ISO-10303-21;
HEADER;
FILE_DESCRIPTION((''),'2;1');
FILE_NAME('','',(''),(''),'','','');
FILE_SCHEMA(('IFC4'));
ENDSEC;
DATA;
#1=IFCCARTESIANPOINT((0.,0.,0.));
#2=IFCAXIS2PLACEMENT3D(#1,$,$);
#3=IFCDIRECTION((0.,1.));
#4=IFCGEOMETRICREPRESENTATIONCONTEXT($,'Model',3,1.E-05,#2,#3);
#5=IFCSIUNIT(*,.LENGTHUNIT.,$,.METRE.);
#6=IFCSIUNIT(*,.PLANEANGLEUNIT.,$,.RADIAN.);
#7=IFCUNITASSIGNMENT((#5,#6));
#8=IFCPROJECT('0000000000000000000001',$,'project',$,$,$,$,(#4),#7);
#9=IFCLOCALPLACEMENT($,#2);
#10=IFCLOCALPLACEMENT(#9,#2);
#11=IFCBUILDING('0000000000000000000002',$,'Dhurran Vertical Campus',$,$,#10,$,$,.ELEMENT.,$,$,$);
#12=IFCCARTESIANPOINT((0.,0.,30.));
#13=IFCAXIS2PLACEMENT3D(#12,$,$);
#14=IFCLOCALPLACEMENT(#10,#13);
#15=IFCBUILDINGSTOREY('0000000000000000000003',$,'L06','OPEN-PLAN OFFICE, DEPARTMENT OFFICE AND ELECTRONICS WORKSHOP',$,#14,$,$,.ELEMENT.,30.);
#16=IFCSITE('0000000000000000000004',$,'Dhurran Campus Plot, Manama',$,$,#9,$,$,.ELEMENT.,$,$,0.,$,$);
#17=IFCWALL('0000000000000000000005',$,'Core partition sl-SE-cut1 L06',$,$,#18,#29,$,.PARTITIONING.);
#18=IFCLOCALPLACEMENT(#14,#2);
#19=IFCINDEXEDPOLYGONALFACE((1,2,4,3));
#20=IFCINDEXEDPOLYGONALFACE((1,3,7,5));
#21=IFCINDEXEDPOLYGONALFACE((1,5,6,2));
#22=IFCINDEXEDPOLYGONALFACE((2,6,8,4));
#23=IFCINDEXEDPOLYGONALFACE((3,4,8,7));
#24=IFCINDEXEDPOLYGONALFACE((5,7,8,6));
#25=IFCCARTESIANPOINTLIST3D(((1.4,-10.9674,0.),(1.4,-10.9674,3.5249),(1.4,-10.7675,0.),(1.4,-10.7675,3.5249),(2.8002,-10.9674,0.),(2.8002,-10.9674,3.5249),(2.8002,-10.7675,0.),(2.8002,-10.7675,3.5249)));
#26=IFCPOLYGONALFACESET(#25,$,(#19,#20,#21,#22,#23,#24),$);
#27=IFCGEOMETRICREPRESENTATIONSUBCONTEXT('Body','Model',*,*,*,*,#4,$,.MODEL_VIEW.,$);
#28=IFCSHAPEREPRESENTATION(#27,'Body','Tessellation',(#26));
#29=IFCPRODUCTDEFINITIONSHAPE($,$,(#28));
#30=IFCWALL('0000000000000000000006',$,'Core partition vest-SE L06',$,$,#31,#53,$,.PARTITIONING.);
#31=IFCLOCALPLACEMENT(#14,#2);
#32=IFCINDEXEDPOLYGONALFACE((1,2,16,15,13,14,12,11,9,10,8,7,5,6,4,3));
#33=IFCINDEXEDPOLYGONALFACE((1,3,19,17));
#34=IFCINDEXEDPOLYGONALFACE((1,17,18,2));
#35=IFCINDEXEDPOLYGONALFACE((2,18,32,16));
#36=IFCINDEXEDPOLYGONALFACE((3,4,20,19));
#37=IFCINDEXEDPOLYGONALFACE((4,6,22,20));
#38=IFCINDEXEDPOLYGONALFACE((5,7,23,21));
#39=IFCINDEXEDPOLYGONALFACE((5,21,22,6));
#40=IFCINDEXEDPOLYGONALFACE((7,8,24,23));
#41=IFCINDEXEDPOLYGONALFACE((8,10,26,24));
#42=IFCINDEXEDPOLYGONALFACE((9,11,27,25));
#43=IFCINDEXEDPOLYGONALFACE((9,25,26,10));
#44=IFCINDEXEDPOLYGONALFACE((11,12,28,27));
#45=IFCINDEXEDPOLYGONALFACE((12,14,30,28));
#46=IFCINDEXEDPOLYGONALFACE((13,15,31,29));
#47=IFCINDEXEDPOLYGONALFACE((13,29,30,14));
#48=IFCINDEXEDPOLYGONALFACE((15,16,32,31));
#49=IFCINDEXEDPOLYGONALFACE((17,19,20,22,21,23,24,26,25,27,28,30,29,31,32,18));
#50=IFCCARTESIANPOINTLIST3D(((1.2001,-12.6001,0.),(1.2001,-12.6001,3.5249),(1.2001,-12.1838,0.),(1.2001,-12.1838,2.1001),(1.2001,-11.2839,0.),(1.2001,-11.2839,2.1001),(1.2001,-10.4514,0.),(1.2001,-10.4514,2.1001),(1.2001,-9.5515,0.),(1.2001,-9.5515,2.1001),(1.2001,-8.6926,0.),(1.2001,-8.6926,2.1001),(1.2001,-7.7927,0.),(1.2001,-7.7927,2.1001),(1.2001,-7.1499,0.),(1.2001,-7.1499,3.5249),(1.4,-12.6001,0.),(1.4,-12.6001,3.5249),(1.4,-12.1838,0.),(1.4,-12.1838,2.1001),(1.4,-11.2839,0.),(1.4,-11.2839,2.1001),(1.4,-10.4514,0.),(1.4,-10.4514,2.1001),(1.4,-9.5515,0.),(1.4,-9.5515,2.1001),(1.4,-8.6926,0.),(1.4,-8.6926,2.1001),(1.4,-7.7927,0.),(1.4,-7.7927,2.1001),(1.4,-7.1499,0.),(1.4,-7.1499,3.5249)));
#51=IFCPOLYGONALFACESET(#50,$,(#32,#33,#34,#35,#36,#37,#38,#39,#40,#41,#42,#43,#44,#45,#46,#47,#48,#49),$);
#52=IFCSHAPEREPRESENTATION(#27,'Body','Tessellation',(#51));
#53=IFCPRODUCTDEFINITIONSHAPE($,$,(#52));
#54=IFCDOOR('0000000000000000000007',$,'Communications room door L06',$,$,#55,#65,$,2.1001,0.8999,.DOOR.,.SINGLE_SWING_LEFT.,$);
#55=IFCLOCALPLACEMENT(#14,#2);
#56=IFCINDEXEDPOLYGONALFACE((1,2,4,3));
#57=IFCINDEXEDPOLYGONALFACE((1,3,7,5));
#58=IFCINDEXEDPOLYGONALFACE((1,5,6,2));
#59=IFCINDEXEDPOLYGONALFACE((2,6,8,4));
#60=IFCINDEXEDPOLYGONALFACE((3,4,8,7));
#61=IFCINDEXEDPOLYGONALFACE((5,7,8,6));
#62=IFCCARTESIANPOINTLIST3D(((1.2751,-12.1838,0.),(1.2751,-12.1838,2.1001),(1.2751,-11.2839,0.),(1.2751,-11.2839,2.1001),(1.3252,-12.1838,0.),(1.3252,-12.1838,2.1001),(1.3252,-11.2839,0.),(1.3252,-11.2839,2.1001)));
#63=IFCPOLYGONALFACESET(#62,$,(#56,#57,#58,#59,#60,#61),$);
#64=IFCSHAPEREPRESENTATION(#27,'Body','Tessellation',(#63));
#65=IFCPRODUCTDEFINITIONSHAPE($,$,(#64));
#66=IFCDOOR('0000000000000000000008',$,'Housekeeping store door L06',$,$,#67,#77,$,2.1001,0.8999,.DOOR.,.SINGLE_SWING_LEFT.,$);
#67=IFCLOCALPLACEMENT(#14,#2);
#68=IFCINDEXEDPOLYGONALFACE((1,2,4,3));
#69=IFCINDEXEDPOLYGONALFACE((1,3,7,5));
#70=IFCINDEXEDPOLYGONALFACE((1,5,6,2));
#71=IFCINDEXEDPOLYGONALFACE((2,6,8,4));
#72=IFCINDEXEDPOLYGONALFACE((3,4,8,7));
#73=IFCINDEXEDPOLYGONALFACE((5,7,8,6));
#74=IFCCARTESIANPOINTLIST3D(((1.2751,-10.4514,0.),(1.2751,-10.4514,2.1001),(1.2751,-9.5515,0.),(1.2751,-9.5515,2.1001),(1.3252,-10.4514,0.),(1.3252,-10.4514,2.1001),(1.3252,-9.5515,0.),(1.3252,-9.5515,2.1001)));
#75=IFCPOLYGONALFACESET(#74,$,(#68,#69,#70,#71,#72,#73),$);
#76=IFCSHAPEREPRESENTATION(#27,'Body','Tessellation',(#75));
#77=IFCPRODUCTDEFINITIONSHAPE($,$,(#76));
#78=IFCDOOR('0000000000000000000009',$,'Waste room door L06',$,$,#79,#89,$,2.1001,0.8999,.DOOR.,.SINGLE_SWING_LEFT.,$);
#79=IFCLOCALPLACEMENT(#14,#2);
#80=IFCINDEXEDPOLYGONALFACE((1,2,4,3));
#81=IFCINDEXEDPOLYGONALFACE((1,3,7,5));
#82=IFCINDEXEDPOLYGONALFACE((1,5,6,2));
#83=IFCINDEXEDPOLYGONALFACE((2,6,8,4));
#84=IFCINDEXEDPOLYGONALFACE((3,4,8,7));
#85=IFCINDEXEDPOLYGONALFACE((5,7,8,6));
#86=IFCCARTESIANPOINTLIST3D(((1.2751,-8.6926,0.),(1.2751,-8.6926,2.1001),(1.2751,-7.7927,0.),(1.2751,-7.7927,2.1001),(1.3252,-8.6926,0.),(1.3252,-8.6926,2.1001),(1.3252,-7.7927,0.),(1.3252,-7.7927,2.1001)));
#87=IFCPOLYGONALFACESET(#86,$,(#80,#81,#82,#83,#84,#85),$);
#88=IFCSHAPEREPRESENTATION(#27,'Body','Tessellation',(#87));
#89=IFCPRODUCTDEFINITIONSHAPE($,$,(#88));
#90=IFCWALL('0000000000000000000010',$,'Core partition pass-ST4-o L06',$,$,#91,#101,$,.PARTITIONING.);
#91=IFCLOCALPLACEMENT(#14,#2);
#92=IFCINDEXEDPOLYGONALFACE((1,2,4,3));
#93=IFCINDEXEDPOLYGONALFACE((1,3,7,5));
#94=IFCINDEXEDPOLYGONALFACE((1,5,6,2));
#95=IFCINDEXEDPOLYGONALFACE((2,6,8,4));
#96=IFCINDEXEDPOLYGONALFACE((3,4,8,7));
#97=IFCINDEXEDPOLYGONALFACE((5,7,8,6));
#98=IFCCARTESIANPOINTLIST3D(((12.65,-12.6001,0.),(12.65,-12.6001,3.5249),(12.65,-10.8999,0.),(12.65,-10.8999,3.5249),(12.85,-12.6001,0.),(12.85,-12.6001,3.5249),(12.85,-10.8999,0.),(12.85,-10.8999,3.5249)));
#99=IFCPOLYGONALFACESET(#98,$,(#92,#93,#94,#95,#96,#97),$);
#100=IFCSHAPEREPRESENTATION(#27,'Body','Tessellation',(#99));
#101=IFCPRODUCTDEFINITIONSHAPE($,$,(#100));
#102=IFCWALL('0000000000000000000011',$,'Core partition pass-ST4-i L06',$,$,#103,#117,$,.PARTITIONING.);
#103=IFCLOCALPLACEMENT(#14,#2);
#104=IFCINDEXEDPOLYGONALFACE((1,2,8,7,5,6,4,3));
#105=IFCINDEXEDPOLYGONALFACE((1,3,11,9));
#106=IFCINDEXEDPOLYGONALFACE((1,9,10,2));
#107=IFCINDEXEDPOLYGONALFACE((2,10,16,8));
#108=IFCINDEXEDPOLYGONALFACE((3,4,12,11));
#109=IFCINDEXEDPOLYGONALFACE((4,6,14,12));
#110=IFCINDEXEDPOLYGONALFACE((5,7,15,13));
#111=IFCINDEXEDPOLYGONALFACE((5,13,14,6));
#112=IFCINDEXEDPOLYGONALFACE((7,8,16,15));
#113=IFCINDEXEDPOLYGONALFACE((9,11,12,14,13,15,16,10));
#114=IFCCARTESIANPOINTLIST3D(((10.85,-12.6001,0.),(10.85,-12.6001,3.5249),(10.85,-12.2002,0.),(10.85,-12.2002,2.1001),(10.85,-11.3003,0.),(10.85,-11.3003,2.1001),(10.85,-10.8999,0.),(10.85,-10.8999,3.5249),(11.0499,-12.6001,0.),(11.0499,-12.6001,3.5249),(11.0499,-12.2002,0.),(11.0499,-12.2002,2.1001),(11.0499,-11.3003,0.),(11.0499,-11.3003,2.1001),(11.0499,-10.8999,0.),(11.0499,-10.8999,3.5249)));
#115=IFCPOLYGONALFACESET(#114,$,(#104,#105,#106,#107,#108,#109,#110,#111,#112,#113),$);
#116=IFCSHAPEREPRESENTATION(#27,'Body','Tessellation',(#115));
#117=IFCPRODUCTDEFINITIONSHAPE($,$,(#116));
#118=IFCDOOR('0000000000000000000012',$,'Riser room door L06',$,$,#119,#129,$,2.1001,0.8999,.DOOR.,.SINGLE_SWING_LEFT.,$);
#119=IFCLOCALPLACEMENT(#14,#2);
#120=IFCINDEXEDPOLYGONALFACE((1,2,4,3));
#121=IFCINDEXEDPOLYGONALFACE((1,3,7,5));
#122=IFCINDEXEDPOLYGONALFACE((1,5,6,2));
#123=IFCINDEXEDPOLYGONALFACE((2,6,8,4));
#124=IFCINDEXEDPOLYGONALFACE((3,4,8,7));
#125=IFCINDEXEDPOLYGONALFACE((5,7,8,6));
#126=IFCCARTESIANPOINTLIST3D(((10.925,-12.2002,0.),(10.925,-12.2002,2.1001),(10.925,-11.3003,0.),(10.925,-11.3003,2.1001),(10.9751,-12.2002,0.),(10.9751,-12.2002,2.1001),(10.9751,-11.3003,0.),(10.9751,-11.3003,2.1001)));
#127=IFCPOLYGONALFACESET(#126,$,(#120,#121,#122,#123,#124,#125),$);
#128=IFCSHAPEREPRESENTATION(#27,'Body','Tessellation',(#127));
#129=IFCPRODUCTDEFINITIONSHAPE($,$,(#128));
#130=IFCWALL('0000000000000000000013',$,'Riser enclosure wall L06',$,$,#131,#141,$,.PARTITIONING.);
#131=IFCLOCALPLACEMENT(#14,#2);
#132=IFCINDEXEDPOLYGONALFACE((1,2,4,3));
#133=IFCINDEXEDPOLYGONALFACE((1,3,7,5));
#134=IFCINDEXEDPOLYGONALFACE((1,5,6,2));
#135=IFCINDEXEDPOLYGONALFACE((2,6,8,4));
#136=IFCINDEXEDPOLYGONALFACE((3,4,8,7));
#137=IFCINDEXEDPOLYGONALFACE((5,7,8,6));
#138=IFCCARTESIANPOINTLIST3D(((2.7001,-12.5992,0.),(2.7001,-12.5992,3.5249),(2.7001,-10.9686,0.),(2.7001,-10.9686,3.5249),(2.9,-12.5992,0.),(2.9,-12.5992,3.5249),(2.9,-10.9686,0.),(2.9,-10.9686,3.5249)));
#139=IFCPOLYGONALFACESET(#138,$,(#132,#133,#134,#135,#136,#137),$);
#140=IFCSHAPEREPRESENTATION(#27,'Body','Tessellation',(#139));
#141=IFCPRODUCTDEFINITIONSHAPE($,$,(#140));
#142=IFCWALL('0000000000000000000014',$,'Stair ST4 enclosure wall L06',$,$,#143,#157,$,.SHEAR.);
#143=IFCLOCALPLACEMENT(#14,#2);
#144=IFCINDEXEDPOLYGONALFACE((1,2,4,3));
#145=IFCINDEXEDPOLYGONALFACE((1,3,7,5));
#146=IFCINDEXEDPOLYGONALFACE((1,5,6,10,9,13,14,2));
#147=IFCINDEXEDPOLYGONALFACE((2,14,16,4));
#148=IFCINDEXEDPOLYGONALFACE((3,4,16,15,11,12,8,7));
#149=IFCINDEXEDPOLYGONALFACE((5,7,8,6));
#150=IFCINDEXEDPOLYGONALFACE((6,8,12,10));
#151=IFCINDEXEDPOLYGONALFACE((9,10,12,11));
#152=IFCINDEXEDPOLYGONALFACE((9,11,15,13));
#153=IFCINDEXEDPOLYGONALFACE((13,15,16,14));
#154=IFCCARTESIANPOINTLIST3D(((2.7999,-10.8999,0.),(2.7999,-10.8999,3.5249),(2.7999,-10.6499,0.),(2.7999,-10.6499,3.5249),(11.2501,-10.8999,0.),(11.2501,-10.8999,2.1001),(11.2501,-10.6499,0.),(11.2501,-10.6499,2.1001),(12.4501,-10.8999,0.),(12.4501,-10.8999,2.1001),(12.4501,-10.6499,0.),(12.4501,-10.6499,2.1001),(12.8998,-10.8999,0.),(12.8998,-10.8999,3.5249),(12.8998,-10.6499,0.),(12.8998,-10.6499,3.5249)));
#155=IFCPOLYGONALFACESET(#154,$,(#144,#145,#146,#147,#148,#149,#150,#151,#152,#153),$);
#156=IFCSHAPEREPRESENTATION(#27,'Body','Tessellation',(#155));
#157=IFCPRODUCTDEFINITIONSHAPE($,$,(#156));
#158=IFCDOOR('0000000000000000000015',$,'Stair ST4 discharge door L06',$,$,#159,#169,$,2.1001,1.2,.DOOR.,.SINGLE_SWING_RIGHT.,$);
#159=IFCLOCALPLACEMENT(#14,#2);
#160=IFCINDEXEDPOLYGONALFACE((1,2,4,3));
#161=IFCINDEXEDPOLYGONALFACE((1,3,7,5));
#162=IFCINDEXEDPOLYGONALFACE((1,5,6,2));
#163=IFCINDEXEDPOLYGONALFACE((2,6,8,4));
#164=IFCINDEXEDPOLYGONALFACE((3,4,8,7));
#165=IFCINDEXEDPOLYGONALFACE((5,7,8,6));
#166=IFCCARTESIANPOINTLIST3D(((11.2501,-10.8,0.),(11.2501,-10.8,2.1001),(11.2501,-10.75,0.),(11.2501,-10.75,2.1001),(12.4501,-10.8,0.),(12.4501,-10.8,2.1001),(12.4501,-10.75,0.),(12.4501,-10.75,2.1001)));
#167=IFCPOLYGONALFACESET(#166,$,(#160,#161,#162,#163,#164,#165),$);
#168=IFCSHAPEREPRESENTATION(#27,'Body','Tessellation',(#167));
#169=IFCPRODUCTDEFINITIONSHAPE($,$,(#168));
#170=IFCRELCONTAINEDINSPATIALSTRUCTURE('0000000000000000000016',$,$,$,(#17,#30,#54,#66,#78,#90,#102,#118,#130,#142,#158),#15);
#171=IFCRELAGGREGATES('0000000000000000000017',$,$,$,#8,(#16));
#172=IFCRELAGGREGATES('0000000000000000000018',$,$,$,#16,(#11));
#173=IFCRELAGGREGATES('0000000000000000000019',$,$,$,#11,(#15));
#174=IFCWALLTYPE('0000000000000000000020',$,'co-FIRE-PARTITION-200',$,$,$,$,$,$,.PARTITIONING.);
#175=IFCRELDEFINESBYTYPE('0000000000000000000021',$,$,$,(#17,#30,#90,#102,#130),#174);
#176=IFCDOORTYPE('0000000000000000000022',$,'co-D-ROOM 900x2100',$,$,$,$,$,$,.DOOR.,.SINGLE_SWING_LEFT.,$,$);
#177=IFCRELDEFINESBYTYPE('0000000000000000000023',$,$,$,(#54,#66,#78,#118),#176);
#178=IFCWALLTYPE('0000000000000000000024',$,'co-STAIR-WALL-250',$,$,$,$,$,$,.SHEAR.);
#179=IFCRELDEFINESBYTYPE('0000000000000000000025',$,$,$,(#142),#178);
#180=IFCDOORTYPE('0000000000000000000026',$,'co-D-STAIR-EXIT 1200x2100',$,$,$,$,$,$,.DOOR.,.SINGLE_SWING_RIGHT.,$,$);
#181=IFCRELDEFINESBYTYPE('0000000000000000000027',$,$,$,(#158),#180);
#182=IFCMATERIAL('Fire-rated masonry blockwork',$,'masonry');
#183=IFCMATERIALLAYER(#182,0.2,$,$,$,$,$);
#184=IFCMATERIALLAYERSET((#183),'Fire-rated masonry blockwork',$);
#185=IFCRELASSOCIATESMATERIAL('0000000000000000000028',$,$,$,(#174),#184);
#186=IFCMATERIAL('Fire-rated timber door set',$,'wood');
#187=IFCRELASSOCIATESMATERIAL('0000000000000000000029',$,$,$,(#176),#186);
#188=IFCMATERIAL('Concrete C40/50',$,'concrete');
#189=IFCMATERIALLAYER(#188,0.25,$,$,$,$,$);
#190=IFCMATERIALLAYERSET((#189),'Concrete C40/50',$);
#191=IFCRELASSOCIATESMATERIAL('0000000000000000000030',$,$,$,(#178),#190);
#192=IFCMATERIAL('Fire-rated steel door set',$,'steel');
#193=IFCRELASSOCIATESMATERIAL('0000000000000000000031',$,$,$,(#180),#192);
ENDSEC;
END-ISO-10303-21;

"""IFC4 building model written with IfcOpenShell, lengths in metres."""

from ifc_helpers import new_model, si_unit, direction, frame, frame_2d, origin, place, context, subcontext, project, spatial, rectangle, extrude, material, layer, layer_set, type_object, element, fill, save


model = new_model("IFC4")

# Units and contexts
model_context = context("Model", 3, precision=1e-05, world=origin(), true_north=direction((0.0, 1.0)))
body_context = subcontext(model_context, "Body", "Model", "MODEL_VIEW")
ifc_project = project(units=[si_unit("LENGTHUNIT", "METRE"), si_unit("PLANEANGLEUNIT", "RADIAN")], contexts=[model_context])

# Site, building, storey
site_placement = place(None, origin())
site = spatial("IfcSite", under=ifc_project, at=site_placement, Name="Dhurran Campus Plot, Manama", CompositionType="ELEMENT", RefElevation=0.0)
building_placement = place(site_placement, origin())
building = spatial("IfcBuilding", under=site, at=building_placement, Name="Dhurran Vertical Campus", CompositionType="ELEMENT")
storey_placement = place(building_placement, frame((0.0, 0.0, 30.0)))
storey = spatial("IfcBuildingStorey", under=building, at=storey_placement, Name="L06", Description="OPEN-PLAN OFFICE, DEPARTMENT OFFICE AND ELECTRONICS WORKSHOP", CompositionType="ELEMENT", Elevation=30.0)

# Wall
ifc_material_1 = material(Name="Fire-rated masonry blockwork", Category="masonry")
ifc_layer_1 = layer(ifc_material_1, 0.2)
ifc_layer_set_1 = layer_set([ifc_layer_1], Name="Fire-rated masonry blockwork")
wall_type_1 = type_object("IfcWallType", Name="co-FIRE-PARTITION-200", PredefinedType="PARTITIONING", material=ifc_layer_set_1)
wall_1_placement = place(storey_placement, frame((1.3999, -10.8674, 0.0), z_axis=(0.0, 0.0, 1.0), x_axis=(1.0, 0.0, 0.0)))
element("IfcWall", 1, at=wall_1_placement, inside=storey, type_object=wall_type_1, Name="Core partition sl-SE-cut1 L06", PredefinedType="PARTITIONING", context=body_context, shape_type="SweptSolid", body=[
    extrude(rectangle(XDim=1.4001, YDim=0.2, at=frame_2d((0.7002, 0.0))), origin(), (0.0, 0.0, 1.0), 3.5249),
])

# Wall, openings, doors
wall_2_placement = place(storey_placement, frame((1.3, -12.6001, 0.0), z_axis=(0.0, 0.0, 1.0), x_axis=(0.0, 1.0, 0.0)))
wall_2 = element("IfcWall", 2, at=wall_2_placement, inside=storey, type_object=wall_type_1, Name="Core partition vest-SE L06", PredefinedType="PARTITIONING", context=body_context, shape_type="SweptSolid", body=[
    extrude(rectangle(XDim=5.4502, YDim=0.2, at=frame_2d((2.7251, 0.0))), origin(), (0.0, 0.0, 1.0), 3.5249),
])
opening_1_placement = place(wall_2_placement, frame((0.4163, 0.0, 0.0)))
opening_1 = element("IfcOpeningElement", 3, at=opening_1_placement, cuts=wall_2, PredefinedType="OPENING", context=body_context, shape_type="SweptSolid", body=[
    extrude(rectangle(XDim=0.8999, YDim=2.1001, at=frame_2d((0.45, 1.05))), frame((0.0, 0.1099, 0.0), z_axis=(0.0, -1.0, 0.0), x_axis=(1.0, 0.0, 0.0)), (0.0, 0.0, 1.0), 0.22),
])
opening_2_placement = place(wall_2_placement, frame((2.1487, 0.0, 0.0)))
opening_2 = element("IfcOpeningElement", 4, at=opening_2_placement, cuts=wall_2, PredefinedType="OPENING", context=body_context, shape_type="SweptSolid", body=[
    extrude(rectangle(XDim=0.8999, YDim=2.1001, at=frame_2d((0.45, 1.05))), frame((0.0, 0.1099, 0.0), z_axis=(0.0, -1.0, 0.0), x_axis=(1.0, 0.0, 0.0)), (0.0, 0.0, 1.0), 0.22),
])
opening_3_placement = place(wall_2_placement, frame((3.9075, 0.0, 0.0)))
opening_3 = element("IfcOpeningElement", 5, at=opening_3_placement, cuts=wall_2, PredefinedType="OPENING", context=body_context, shape_type="SweptSolid", body=[
    extrude(rectangle(XDim=0.8999, YDim=2.1001, at=frame_2d((0.45, 1.05))), frame((0.0, 0.1099, 0.0), z_axis=(0.0, -1.0, 0.0), x_axis=(1.0, 0.0, 0.0)), (0.0, 0.0, 1.0), 0.22),
])
ifc_material_2 = material(Name="Fire-rated timber door set", Category="wood")
door_type_1 = type_object("IfcDoorType", Name="co-D-ROOM 900x2100", OperationType="SINGLE_SWING_LEFT", PredefinedType="DOOR", material=ifc_material_2)
door_1_placement = place(opening_1_placement, origin())
door_1 = element("IfcDoor", 6, at=door_1_placement, inside=storey, type_object=door_type_1, Name="Communications room door L06", OperationType="SINGLE_SWING_LEFT", OverallHeight=2.1001, OverallWidth=0.8999, PredefinedType="DOOR", context=body_context, shape_type="SweptSolid", body=[
    extrude(rectangle(XDim=0.8999, YDim=2.1001, at=frame_2d((0.45, 1.05))), frame((0.0, 0.0249, 0.0), z_axis=(0.0, -1.0, 0.0), x_axis=(1.0, 0.0, 0.0)), (0.0, 0.0, 1.0), 0.05),
])
fill(opening_1, door_1)
door_2_placement = place(opening_2_placement, origin())
door_2 = element("IfcDoor", 7, at=door_2_placement, inside=storey, type_object=door_type_1, Name="Housekeeping store door L06", OperationType="SINGLE_SWING_LEFT", OverallHeight=2.1001, OverallWidth=0.8999, PredefinedType="DOOR", context=body_context, shape_type="SweptSolid", body=[
    extrude(rectangle(XDim=0.8999, YDim=2.1001, at=frame_2d((0.45, 1.05))), frame((0.0, 0.0249, 0.0), z_axis=(0.0, -1.0, 0.0), x_axis=(1.0, 0.0, 0.0)), (0.0, 0.0, 1.0), 0.05),
])
fill(opening_2, door_2)
door_3_placement = place(opening_3_placement, origin())
door_3 = element("IfcDoor", 8, at=door_3_placement, inside=storey, type_object=door_type_1, Name="Waste room door L06", OperationType="SINGLE_SWING_LEFT", OverallHeight=2.1001, OverallWidth=0.8999, PredefinedType="DOOR", context=body_context, shape_type="SweptSolid", body=[
    extrude(rectangle(XDim=0.8999, YDim=2.1001, at=frame_2d((0.45, 1.05))), frame((0.0, 0.0249, 0.0), z_axis=(0.0, -1.0, 0.0), x_axis=(1.0, 0.0, 0.0)), (0.0, 0.0, 1.0), 0.05),
])
fill(opening_3, door_3)

# Wall
wall_3_placement = place(storey_placement, frame((12.75, -12.6001, 0.0), z_axis=(0.0, 0.0, 1.0), x_axis=(0.0, 1.0, 0.0)))
element("IfcWall", 9, at=wall_3_placement, inside=storey, type_object=wall_type_1, Name="Core partition pass-ST4-o L06", PredefinedType="PARTITIONING", context=body_context, shape_type="SweptSolid", body=[
    extrude(rectangle(XDim=1.7002, YDim=0.2, at=frame_2d((0.8501, 0.0))), origin(), (0.0, 0.0, 1.0), 3.5249),
])

# Wall, opening, door
wall_4_placement = place(storey_placement, frame((10.95, -12.6001, 0.0), z_axis=(0.0, 0.0, 1.0), x_axis=(0.0, 1.0, 0.0)))
wall_4 = element("IfcWall", 10, at=wall_4_placement, inside=storey, type_object=wall_type_1, Name="Core partition pass-ST4-i L06", PredefinedType="PARTITIONING", context=body_context, shape_type="SweptSolid", body=[
    extrude(rectangle(XDim=1.7002, YDim=0.2, at=frame_2d((0.8501, 0.0))), origin(), (0.0, 0.0, 1.0), 3.5249),
])
opening_4_placement = place(wall_4_placement, frame((0.3999, 0.0, 0.0)))
opening_4 = element("IfcOpeningElement", 11, at=opening_4_placement, cuts=wall_4, PredefinedType="OPENING", context=body_context, shape_type="SweptSolid", body=[
    extrude(rectangle(XDim=0.8999, YDim=2.1001, at=frame_2d((0.45, 1.05))), frame((0.0, 0.1099, 0.0), z_axis=(0.0, -1.0, 0.0), x_axis=(1.0, 0.0, 0.0)), (0.0, 0.0, 1.0), 0.22),
])
door_4_placement = place(opening_4_placement, origin())
door_4 = element("IfcDoor", 12, at=door_4_placement, inside=storey, type_object=door_type_1, Name="Riser room door L06", OperationType="SINGLE_SWING_LEFT", OverallHeight=2.1001, OverallWidth=0.8999, PredefinedType="DOOR", context=body_context, shape_type="SweptSolid", body=[
    extrude(rectangle(XDim=0.8999, YDim=2.1001, at=frame_2d((0.45, 1.05))), frame((0.0, 0.0249, 0.0), z_axis=(0.0, -1.0, 0.0), x_axis=(1.0, 0.0, 0.0)), (0.0, 0.0, 1.0), 0.05),
])
fill(opening_4, door_4)

# Wall
wall_5_placement = place(storey_placement, frame((2.8, -10.9685, 0.0), z_axis=(0.0, 0.0, 1.0), x_axis=(0.0, -1.0, 0.0)))
element("IfcWall", 13, at=wall_5_placement, inside=storey, type_object=wall_type_1, Name="Riser enclosure wall L06", PredefinedType="PARTITIONING", context=body_context, shape_type="SweptSolid", body=[
    extrude(rectangle(XDim=1.6306, YDim=0.2, at=frame_2d((0.8154, 0.0))), origin(), (0.0, 0.0, 1.0), 3.5249),
])

# Wall, opening, door
ifc_material_3 = material(Name="Concrete C40/50", Category="concrete")
ifc_layer_2 = layer(ifc_material_3, 0.25)
ifc_layer_set_2 = layer_set([ifc_layer_2], Name="Concrete C40/50")
wall_type_2 = type_object("IfcWallType", Name="co-STAIR-WALL-250", PredefinedType="SHEAR", material=ifc_layer_set_2)
wall_6_placement = place(storey_placement, frame((2.8, -10.7749, 0.0), z_axis=(0.0, 0.0, 1.0), x_axis=(1.0, 0.0, 0.0)))
wall_6 = element("IfcWall", 14, at=wall_6_placement, inside=storey, type_object=wall_type_2, Name="Stair ST4 enclosure wall L06", PredefinedType="SHEAR", context=body_context, shape_type="SweptSolid", body=[
    extrude(rectangle(XDim=10.0999, YDim=0.25, at=frame_2d((5.0498, 0.0))), origin(), (0.0, 0.0, 1.0), 3.5249),
])
opening_5_placement = place(wall_6_placement, frame((8.45, 0.0, 0.0)))
opening_5 = element("IfcOpeningElement", 15, at=opening_5_placement, cuts=wall_6, PredefinedType="OPENING", context=body_context, shape_type="SweptSolid", body=[
    extrude(rectangle(XDim=1.2, YDim=2.1001, at=frame_2d((0.6001, 1.05))), frame((0.0, 0.135, 0.0), z_axis=(0.0, -1.0, 0.0), x_axis=(1.0, 0.0, 0.0)), (0.0, 0.0, 1.0), 0.27),
])
ifc_material_4 = material(Name="Fire-rated steel door set", Category="steel")
door_type_2 = type_object("IfcDoorType", Name="co-D-STAIR-EXIT 1200x2100", OperationType="SINGLE_SWING_RIGHT", PredefinedType="DOOR", material=ifc_material_4)
door_5_placement = place(opening_5_placement, origin())
door_5 = element("IfcDoor", 16, at=door_5_placement, inside=storey, type_object=door_type_2, Name="Stair ST4 discharge door L06", OperationType="SINGLE_SWING_RIGHT", OverallHeight=2.1001, OverallWidth=1.2, PredefinedType="DOOR", context=body_context, shape_type="SweptSolid", body=[
    extrude(rectangle(XDim=1.2, YDim=2.1001, at=frame_2d((0.6001, 1.05))), frame((0.0, 0.0249, 0.0), z_axis=(0.0, -1.0, 0.0), x_axis=(1.0, 0.0, 0.0)), (0.0, 0.0, 1.0), 0.05),
])
fill(opening_5, door_5)

save(model, "model.ifc")
